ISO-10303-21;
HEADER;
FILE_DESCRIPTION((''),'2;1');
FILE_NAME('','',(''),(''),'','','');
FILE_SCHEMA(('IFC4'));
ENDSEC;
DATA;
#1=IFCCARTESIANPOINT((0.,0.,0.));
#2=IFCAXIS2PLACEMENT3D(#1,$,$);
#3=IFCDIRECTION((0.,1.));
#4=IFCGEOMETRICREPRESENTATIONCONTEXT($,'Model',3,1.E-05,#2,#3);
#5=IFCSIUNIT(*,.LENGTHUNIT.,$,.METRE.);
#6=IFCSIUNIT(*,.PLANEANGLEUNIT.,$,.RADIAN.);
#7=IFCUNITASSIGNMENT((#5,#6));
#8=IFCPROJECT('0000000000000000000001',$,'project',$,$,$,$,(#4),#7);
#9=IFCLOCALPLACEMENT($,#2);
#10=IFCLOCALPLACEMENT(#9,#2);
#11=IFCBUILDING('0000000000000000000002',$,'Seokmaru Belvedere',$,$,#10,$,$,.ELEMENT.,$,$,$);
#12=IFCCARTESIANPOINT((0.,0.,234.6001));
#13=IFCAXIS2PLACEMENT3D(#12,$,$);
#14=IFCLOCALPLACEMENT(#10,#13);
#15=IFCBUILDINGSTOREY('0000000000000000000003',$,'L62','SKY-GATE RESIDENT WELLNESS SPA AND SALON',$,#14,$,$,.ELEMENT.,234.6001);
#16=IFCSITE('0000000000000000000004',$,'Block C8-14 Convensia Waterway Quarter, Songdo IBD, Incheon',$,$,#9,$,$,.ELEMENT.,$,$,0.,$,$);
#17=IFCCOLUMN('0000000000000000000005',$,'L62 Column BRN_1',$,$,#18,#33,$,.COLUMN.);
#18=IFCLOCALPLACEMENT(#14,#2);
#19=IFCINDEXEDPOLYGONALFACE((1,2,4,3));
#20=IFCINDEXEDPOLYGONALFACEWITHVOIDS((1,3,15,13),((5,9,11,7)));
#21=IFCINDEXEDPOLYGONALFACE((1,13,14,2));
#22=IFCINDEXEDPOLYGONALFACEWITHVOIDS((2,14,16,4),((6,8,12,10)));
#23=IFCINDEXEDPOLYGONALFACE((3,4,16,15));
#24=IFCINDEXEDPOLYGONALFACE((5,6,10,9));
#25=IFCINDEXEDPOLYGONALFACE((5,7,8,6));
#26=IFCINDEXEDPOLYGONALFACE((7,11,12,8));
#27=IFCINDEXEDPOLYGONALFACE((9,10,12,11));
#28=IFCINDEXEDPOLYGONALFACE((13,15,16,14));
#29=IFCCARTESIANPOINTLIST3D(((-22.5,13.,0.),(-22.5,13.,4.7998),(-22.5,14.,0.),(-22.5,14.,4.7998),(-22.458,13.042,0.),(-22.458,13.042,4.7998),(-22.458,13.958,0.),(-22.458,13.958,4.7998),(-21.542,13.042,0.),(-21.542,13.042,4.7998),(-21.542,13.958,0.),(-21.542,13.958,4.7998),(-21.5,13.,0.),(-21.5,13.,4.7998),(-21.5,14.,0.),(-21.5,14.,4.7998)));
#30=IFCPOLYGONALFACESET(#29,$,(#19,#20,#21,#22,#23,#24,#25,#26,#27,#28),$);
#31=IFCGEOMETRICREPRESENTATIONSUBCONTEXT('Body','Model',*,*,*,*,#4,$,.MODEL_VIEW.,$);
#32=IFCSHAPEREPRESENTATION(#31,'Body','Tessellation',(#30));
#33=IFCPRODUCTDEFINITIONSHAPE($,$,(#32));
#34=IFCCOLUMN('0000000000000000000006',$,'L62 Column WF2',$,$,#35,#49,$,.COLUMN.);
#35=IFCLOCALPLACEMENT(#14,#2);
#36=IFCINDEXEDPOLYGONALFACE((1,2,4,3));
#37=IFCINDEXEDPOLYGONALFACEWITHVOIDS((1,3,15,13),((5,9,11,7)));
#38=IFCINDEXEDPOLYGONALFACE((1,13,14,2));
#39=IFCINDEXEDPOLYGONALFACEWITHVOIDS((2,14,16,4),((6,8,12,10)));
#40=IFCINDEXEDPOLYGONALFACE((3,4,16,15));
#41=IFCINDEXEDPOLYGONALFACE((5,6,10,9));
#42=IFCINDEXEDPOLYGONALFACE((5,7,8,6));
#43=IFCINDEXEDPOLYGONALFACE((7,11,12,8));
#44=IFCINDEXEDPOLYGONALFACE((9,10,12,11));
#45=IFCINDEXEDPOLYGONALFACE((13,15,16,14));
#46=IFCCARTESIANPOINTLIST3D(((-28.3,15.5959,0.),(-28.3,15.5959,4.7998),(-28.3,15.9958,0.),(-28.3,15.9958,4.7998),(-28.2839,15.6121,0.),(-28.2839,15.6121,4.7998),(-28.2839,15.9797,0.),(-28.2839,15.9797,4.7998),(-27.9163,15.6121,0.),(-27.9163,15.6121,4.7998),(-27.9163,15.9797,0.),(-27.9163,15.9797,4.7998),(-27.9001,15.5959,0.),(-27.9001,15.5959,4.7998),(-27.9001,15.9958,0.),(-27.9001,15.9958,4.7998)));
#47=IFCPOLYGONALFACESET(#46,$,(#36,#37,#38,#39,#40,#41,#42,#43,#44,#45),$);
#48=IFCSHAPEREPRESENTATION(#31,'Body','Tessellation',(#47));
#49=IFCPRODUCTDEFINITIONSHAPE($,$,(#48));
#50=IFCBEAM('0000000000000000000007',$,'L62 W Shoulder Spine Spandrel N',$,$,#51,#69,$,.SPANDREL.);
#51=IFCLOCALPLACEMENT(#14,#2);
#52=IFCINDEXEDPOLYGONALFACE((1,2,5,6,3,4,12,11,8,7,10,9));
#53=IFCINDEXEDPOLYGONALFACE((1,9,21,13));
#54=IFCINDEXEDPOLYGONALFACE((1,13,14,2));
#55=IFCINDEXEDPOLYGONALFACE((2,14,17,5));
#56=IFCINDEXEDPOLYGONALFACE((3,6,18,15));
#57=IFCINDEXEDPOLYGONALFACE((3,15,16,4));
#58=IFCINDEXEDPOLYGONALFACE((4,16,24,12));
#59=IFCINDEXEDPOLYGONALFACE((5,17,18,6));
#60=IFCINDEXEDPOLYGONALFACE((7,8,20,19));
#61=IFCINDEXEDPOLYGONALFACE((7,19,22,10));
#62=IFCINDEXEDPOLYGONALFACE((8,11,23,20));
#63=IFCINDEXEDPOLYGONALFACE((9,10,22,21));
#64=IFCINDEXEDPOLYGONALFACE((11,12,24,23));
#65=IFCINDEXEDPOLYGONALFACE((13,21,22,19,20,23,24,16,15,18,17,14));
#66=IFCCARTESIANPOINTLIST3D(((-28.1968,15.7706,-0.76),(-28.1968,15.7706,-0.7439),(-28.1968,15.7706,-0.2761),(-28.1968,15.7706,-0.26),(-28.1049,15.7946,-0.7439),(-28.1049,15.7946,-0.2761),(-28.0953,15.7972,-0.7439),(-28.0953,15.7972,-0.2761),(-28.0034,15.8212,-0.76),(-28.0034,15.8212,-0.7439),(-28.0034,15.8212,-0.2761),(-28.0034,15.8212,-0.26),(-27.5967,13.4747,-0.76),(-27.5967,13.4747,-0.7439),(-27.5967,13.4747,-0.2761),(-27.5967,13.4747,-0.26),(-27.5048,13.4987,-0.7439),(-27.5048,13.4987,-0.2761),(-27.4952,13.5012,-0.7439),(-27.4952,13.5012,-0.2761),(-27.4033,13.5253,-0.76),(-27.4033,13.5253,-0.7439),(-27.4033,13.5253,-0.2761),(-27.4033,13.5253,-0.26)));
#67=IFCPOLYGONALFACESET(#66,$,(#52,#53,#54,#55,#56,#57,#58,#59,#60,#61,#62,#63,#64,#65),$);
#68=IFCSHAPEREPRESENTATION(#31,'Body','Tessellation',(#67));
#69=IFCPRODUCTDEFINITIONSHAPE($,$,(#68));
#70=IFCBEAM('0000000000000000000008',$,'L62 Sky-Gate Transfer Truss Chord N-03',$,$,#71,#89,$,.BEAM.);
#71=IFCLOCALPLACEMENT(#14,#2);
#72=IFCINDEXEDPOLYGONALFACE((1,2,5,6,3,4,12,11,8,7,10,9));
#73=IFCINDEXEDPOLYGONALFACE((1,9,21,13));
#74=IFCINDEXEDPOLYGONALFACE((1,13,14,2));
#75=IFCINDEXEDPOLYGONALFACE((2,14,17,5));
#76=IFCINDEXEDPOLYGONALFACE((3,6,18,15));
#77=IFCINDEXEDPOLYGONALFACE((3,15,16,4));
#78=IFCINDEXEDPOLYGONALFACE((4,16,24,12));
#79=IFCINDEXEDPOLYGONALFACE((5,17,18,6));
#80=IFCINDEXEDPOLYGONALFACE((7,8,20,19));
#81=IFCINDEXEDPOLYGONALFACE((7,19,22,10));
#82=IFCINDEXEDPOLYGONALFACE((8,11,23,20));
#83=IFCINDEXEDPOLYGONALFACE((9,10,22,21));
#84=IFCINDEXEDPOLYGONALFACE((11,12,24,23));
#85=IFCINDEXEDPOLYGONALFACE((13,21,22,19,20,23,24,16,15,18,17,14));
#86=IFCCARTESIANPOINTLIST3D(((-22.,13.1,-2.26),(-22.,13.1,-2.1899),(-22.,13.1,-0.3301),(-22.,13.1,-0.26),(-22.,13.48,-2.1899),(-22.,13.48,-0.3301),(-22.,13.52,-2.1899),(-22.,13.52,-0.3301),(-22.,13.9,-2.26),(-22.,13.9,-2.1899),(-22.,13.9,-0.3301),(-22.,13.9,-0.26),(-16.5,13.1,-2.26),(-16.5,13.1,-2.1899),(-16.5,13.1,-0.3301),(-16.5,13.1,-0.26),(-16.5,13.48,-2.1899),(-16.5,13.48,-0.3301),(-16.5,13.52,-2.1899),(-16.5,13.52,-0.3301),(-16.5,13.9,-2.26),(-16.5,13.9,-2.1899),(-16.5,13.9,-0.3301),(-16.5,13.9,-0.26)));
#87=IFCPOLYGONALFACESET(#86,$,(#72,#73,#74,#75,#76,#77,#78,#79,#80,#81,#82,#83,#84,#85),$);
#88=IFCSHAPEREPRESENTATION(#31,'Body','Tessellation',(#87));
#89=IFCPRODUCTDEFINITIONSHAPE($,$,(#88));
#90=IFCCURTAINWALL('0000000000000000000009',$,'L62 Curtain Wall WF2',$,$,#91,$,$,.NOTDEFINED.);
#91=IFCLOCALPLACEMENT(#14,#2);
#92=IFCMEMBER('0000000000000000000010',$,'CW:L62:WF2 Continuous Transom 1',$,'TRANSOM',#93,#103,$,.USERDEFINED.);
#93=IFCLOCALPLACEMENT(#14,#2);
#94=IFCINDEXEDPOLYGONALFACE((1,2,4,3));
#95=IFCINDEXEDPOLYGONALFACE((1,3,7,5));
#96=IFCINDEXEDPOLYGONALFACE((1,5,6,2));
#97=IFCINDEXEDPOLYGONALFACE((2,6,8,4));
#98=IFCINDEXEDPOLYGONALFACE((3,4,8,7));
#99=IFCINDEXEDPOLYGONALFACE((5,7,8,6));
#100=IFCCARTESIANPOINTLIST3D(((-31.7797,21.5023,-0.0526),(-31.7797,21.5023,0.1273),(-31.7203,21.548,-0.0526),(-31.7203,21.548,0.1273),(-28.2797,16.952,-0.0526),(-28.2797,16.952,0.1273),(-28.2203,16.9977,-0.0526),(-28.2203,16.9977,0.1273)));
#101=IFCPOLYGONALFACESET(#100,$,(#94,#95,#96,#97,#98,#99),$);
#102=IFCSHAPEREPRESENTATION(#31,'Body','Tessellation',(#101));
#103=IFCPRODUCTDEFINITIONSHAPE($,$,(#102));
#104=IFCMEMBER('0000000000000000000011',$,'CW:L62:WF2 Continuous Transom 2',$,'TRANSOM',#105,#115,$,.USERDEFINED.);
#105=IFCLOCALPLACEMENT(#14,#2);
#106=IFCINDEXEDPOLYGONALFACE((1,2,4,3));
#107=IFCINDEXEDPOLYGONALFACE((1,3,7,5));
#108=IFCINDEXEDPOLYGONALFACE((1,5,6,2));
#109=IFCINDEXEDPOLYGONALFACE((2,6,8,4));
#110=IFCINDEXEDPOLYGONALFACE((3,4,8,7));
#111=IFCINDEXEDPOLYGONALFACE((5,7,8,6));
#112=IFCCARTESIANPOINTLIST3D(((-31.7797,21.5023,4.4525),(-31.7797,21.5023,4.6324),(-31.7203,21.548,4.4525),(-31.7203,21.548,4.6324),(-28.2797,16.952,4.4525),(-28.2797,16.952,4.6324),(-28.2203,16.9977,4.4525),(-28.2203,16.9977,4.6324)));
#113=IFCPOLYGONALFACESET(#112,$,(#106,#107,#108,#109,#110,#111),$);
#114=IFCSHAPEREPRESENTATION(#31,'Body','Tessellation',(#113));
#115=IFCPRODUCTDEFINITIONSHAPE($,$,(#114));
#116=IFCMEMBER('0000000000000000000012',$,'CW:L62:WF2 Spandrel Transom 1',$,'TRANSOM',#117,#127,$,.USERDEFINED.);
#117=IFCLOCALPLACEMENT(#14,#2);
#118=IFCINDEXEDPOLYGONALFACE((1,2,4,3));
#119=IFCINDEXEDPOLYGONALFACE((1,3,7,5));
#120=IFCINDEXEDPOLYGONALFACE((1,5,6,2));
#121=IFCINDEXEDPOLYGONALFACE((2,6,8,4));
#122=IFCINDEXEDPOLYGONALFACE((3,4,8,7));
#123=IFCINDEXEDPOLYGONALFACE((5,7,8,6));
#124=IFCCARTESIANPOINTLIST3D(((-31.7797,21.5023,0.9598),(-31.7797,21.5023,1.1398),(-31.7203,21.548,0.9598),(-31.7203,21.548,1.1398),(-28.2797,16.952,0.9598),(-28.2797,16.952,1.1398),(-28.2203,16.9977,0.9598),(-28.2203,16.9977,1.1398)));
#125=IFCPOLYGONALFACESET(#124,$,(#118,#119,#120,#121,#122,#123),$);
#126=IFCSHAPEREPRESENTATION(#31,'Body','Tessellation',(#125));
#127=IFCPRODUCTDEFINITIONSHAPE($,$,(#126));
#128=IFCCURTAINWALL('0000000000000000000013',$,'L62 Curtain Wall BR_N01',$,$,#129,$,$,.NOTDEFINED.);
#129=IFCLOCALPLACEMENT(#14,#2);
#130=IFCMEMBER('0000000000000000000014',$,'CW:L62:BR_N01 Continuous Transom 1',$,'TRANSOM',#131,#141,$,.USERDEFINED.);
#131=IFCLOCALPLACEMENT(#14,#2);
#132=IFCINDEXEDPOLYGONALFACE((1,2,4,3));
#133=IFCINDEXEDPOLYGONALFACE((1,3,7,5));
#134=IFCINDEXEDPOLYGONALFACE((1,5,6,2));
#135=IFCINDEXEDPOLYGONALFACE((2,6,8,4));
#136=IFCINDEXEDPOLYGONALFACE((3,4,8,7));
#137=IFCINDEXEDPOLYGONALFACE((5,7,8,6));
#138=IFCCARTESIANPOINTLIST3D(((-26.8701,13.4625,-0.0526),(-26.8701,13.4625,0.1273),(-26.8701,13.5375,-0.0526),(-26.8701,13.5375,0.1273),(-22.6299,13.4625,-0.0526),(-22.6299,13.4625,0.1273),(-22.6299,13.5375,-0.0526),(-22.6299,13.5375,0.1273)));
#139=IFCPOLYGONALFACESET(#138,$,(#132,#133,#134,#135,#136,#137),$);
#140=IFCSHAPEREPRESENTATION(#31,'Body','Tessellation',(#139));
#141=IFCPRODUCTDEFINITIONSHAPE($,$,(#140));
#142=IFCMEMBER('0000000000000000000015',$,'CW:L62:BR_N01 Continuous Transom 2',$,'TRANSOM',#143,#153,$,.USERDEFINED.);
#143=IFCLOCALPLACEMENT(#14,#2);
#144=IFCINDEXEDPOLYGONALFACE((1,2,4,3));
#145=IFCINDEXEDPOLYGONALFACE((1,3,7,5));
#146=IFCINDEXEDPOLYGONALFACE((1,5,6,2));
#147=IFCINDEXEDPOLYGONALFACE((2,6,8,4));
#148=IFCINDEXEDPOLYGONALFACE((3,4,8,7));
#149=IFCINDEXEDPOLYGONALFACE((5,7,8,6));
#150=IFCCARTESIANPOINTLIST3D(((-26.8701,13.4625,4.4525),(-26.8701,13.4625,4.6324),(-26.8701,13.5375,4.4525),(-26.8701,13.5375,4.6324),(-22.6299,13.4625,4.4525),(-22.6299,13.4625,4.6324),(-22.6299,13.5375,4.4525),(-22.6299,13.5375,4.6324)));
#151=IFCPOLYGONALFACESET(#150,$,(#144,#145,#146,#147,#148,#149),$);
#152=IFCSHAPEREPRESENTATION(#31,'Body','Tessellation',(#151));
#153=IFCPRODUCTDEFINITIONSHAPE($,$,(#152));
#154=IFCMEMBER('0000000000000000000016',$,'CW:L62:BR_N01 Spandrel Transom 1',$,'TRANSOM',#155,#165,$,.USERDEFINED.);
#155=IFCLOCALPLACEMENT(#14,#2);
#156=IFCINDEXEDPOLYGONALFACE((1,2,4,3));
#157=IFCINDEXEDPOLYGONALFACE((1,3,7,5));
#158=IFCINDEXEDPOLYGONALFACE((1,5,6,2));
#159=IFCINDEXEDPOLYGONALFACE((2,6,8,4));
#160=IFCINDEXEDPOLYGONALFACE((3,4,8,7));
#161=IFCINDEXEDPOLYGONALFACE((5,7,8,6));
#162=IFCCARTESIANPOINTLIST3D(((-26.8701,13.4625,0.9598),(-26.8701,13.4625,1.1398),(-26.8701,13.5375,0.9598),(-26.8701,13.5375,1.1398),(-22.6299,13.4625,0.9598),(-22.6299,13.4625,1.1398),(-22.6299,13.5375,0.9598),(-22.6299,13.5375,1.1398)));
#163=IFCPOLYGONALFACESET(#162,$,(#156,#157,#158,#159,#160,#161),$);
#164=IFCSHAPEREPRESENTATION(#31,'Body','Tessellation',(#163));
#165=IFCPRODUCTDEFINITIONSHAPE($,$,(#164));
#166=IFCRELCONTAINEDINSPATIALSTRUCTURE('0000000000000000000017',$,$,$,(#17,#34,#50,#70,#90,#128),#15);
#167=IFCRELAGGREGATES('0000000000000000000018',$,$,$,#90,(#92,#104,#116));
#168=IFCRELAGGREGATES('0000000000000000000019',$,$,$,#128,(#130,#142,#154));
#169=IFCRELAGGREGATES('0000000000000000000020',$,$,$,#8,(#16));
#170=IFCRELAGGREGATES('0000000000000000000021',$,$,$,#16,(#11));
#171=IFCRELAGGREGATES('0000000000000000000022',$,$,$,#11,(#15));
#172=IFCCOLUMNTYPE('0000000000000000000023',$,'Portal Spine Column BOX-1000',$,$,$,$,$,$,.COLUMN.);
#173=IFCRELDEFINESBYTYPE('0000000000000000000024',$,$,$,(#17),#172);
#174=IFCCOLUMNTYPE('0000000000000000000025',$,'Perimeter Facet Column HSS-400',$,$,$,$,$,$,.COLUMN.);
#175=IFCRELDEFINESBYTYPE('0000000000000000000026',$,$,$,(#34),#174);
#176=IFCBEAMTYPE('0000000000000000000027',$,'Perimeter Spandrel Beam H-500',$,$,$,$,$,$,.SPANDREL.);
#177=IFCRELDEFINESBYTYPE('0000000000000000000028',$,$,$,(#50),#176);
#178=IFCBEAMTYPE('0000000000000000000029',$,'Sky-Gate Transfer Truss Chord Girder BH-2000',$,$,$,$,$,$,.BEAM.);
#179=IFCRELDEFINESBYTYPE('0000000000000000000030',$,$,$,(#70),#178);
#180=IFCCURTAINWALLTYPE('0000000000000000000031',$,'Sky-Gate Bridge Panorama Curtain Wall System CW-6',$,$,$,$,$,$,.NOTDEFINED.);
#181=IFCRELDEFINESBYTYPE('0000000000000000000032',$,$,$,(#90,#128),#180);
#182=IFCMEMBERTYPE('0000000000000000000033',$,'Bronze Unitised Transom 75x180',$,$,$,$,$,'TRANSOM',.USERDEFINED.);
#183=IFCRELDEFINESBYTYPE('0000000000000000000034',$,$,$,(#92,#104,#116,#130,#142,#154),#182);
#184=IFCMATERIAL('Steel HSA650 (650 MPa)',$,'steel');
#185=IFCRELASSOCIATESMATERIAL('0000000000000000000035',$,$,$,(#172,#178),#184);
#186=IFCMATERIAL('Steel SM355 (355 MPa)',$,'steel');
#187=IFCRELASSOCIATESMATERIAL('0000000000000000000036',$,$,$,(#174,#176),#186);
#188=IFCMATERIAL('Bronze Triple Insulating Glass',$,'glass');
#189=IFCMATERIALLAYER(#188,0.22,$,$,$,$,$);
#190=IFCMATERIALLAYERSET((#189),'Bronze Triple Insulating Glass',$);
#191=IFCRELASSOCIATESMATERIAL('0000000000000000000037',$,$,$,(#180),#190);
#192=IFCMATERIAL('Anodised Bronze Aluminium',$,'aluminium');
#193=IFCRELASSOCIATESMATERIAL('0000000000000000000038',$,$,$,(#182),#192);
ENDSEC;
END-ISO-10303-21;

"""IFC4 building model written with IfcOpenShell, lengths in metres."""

from ifc_helpers import new_model, si_unit, direction, frame, origin, origin_2d, place, context, subcontext, project, spatial, rectangle, hollow_rectangle, i_section, extrude, source, transform, mapped, material, layer, layer_set, material_profile, profile_set, type_object, type_shapes, element, aggregate, save


model = new_model("IFC4")

# Units and contexts
model_context = context("Model", 3, precision=1e-05, world=origin(), true_north=direction((0.0, 1.0)))
body_context = subcontext(model_context, "Body", "Model", "MODEL_VIEW")
ifc_project = project(units=[si_unit("LENGTHUNIT", "METRE"), si_unit("PLANEANGLEUNIT", "RADIAN")], contexts=[model_context])

# Site, building, storey
site_placement = place(None, origin())
site = spatial("IfcSite", under=ifc_project, at=site_placement, Name="Block C8-14 Convensia Waterway Quarter, Songdo IBD, Incheon", CompositionType="ELEMENT", RefElevation=0.0)
building_placement = place(site_placement, origin())
building = spatial("IfcBuilding", under=site, at=building_placement, Name="Seokmaru Belvedere", CompositionType="ELEMENT")
storey_placement = place(building_placement, frame((0.0, 0.0, 234.6001)))
storey = spatial("IfcBuildingStorey", under=building, at=storey_placement, Name="L62", Description="SKY-GATE RESIDENT WELLNESS SPA AND SALON", CompositionType="ELEMENT", Elevation=234.6001)

# Columns
ifc_material_1 = material(Name="Steel HSA650 (650 MPa)", Category="steel")
ifc_material_profile_1 = material_profile(ifc_material_1, hollow_rectangle(XDim=1.0, YDim=1.0, WallThickness=0.042, at=origin_2d()), Name="BOX-1000x1000x42")
ifc_profile_set_1 = profile_set([ifc_material_profile_1], Name="Steel HSA650 (650 MPa)")
column_type_1 = type_object("IfcColumnType", Name="Portal Spine Column BOX-1000", PredefinedType="COLUMN", material=ifc_profile_set_1)
shared_shape_1 = source(origin(), body_context, "Body", "SweptSolid", [
    extrude(hollow_rectangle(XDim=1.0, YDim=1.0, WallThickness=0.042, at=origin_2d()), origin(), (0.0, 0.0, 1.0), 4.7998),
])
type_shapes(column_type_1, [shared_shape_1])
column_1_placement = place(storey_placement, frame((-22.0, 13.5, 0.0), z_axis=(0.0, 0.0, 1.0), x_axis=(1.0, 0.0, 0.0)))
element("IfcColumn", 1, at=column_1_placement, inside=storey, type_object=column_type_1, Name="L62 Column BRN_1", PredefinedType="COLUMN", context=body_context, shape_type="MappedRepresentation", body=[
    mapped(shared_shape_1, transform((0.0, 0.0, 0.0), scale=1.0)),
])
ifc_material_2 = material(Name="Steel SM355 (355 MPa)", Category="steel")
ifc_material_profile_2 = material_profile(ifc_material_2, hollow_rectangle(XDim=0.3999, YDim=0.3999, WallThickness=0.0161, at=origin_2d()), Name="HSS-400x400x16")
ifc_profile_set_2 = profile_set([ifc_material_profile_2], Name="Steel SM355 (355 MPa)")
column_type_2 = type_object("IfcColumnType", Name="Perimeter Facet Column HSS-400", PredefinedType="COLUMN", material=ifc_profile_set_2)
shared_shape_2 = source(origin(), body_context, "Body", "SweptSolid", [
    extrude(hollow_rectangle(XDim=0.3999, YDim=0.3999, WallThickness=0.0161, at=origin_2d()), origin(), (0.0, 0.0, 1.0), 4.7998),
])
type_shapes(column_type_2, [shared_shape_2])
column_2_placement = place(storey_placement, frame((-28.1001, 15.7959, 0.0), z_axis=(0.0, 0.0, 1.0), x_axis=(1.0, 0.0, 0.0)))
element("IfcColumn", 2, at=column_2_placement, inside=storey, type_object=column_type_2, Name="L62 Column WF2", PredefinedType="COLUMN", context=body_context, shape_type="MappedRepresentation", body=[
    mapped(shared_shape_2, transform((0.0, 0.0, 0.0), scale=1.0)),
])

# Beams
ifc_material_profile_3 = material_profile(ifc_material_2, i_section(OverallWidth=0.2, OverallDepth=0.5, WebThickness=0.01, FlangeThickness=0.0161, at=origin_2d()), Name="H-500x200x10x16")
ifc_profile_set_3 = profile_set([ifc_material_profile_3], Name="Steel SM355 (355 MPa)")
beam_type_1 = type_object("IfcBeamType", Name="Perimeter Spandrel Beam H-500", PredefinedType="SPANDREL", material=ifc_profile_set_3)
shared_shape_3 = source(origin(), body_context, "Body", "SweptSolid", [
    extrude(i_section(OverallWidth=0.2, OverallDepth=0.5, WebThickness=0.01, FlangeThickness=0.0161, at=origin_2d()), origin(), (0.0, 0.0, 1.0), 2.373),
])
type_shapes(beam_type_1, [shared_shape_3])
beam_1_placement = place(storey_placement, frame((-28.1001, 15.7959, -0.51), z_axis=(0.252883, -0.967497, 0.0), x_axis=(0.967497, 0.252883, 0.0)))
element("IfcBeam", 3, at=beam_1_placement, inside=storey, type_object=beam_type_1, Name="L62 W Shoulder Spine Spandrel N", PredefinedType="SPANDREL", context=body_context, shape_type="MappedRepresentation", body=[
    mapped(shared_shape_3, transform((0.0, 0.0, 0.0), scale=1.0)),
])
ifc_material_profile_4 = material_profile(ifc_material_1, i_section(OverallWidth=0.8, OverallDepth=2.0, WebThickness=0.04, FlangeThickness=0.0701, at=origin_2d()), Name="BH-2000x800x40x70")
ifc_profile_set_4 = profile_set([ifc_material_profile_4], Name="Steel HSA650 (650 MPa)")
beam_type_2 = type_object("IfcBeamType", Name="Sky-Gate Transfer Truss Chord Girder BH-2000", PredefinedType="BEAM", material=ifc_profile_set_4)
shared_shape_4 = source(origin(), body_context, "Body", "SweptSolid", [
    extrude(i_section(OverallWidth=0.8, OverallDepth=2.0, WebThickness=0.04, FlangeThickness=0.0701, at=origin_2d()), origin(), (0.0, 0.0, 1.0), 5.5),
])
type_shapes(beam_type_2, [shared_shape_4])
beam_2_placement = place(storey_placement, frame((-22.0, 13.5, -1.26), z_axis=(1.0, 0.0, 0.0), x_axis=(0.0, 1.0, 0.0)))
element("IfcBeam", 4, at=beam_2_placement, inside=storey, type_object=beam_type_2, Name="L62 Sky-Gate Transfer Truss Chord N-03", PredefinedType="BEAM", context=body_context, shape_type="MappedRepresentation", body=[
    mapped(shared_shape_4, transform((0.0, 0.0, 0.0), scale=1.0)),
])

# Curtain walls, members
ifc_material_3 = material(Name="Bronze Triple Insulating Glass", Category="glass")
ifc_layer_1 = layer(ifc_material_3, 0.22)
ifc_layer_set_1 = layer_set([ifc_layer_1], Name="Bronze Triple Insulating Glass")
curtain_wall_type = type_object("IfcCurtainWallType", Name="Sky-Gate Bridge Panorama Curtain Wall System CW-6", PredefinedType="NOTDEFINED", material=ifc_layer_set_1)
curtain_wall_1_placement = place(storey_placement, origin())
curtain_wall_1 = element("IfcCurtainWall", 5, at=curtain_wall_1_placement, inside=storey, type_object=curtain_wall_type, Name="L62 Curtain Wall WF2", PredefinedType="NOTDEFINED")
ifc_material_4 = material(Name="Anodised Bronze Aluminium", Category="aluminium")
ifc_material_profile_5 = material_profile(ifc_material_4, rectangle(XDim=0.075, YDim=0.1799, at=origin_2d()), Name="CW-T-75x180")
ifc_profile_set_5 = profile_set([ifc_material_profile_5], Name="Anodised Bronze Aluminium")
member_type_1 = type_object("IfcMemberType", Name="Bronze Unitised Transom 75x180", ElementType="TRANSOM", PredefinedType="USERDEFINED", material=ifc_profile_set_5)
shared_shape_5 = source(origin(), body_context, "Body", "SweptSolid", [
    extrude(rectangle(XDim=0.075, YDim=0.1799, at=origin_2d()), origin(), (0.0, 0.0, 1.0), 5.7407),
])
member_1_placement = place(storey_placement, frame((-28.25, 16.9749, 0.0374), z_axis=(-0.609686, 0.792643, 0.0), x_axis=(-0.792643, -0.609686, 0.0)))
member_1 = element("IfcMember", 6, at=member_1_placement, type_object=member_type_1, Name="CW:L62:WF2 Continuous Transom 1", ObjectType="TRANSOM", PredefinedType="USERDEFINED", context=body_context, shape_type="MappedRepresentation", body=[
    mapped(shared_shape_5, transform((0.0, 0.0, 0.0), scale=1.0)),
])
member_2_placement = place(storey_placement, frame((-28.25, 16.9749, 4.5425), z_axis=(-0.609686, 0.792643, 0.0), x_axis=(-0.792643, -0.609686, 0.0)))
member_2 = element("IfcMember", 7, at=member_2_placement, type_object=member_type_1, Name="CW:L62:WF2 Continuous Transom 2", ObjectType="TRANSOM", PredefinedType="USERDEFINED", context=body_context, shape_type="MappedRepresentation", body=[
    mapped(shared_shape_5, transform((0.0, 0.0, 0.0), scale=1.0)),
])
member_3_placement = place(storey_placement, frame((-28.25, 16.9749, 1.0498), z_axis=(-0.609686, 0.792643, 0.0), x_axis=(-0.792643, -0.609686, 0.0)))
member_3 = element("IfcMember", 8, at=member_3_placement, type_object=member_type_1, Name="CW:L62:WF2 Spandrel Transom 1", ObjectType="TRANSOM", PredefinedType="USERDEFINED", context=body_context, shape_type="MappedRepresentation", body=[
    mapped(shared_shape_5, transform((0.0, 0.0, 0.0), scale=1.0)),
])
curtain_wall_2_placement = place(storey_placement, origin())
curtain_wall_2 = element("IfcCurtainWall", 9, at=curtain_wall_2_placement, inside=storey, type_object=curtain_wall_type, Name="L62 Curtain Wall BR_N01", PredefinedType="NOTDEFINED")
shared_shape_6 = source(origin(), body_context, "Body", "SweptSolid", [
    extrude(rectangle(XDim=0.075, YDim=0.1799, at=origin_2d()), origin(), (0.0, 0.0, 1.0), 4.2402),
])
type_shapes(member_type_1, [shared_shape_5, shared_shape_6])
member_4_placement = place(storey_placement, frame((-22.6299, 13.5, 0.0374), z_axis=(-1.0, 0.0, 0.0), x_axis=(0.0, -1.0, 0.0)))
member_4 = element("IfcMember", 10, at=member_4_placement, type_object=member_type_1, Name="CW:L62:BR_N01 Continuous Transom 1", ObjectType="TRANSOM", PredefinedType="USERDEFINED", context=body_context, shape_type="MappedRepresentation", body=[
    mapped(shared_shape_6, transform((0.0, 0.0, 0.0), scale=1.0)),
])
member_5_placement = place(storey_placement, frame((-22.6299, 13.5, 4.5425), z_axis=(-1.0, 0.0, 0.0), x_axis=(0.0, -1.0, 0.0)))
member_5 = element("IfcMember", 11, at=member_5_placement, type_object=member_type_1, Name="CW:L62:BR_N01 Continuous Transom 2", ObjectType="TRANSOM", PredefinedType="USERDEFINED", context=body_context, shape_type="MappedRepresentation", body=[
    mapped(shared_shape_6, transform((0.0, 0.0, 0.0), scale=1.0)),
])
member_6_placement = place(storey_placement, frame((-22.6299, 13.5, 1.0498), z_axis=(-1.0, 0.0, 0.0), x_axis=(0.0, -1.0, 0.0)))
member_6 = element("IfcMember", 12, at=member_6_placement, type_object=member_type_1, Name="CW:L62:BR_N01 Spandrel Transom 1", ObjectType="TRANSOM", PredefinedType="USERDEFINED", context=body_context, shape_type="MappedRepresentation", body=[
    mapped(shared_shape_6, transform((0.0, 0.0, 0.0), scale=1.0)),
])

aggregate(curtain_wall_1, [member_1, member_2, member_3])
aggregate(curtain_wall_2, [member_4, member_5, member_6])

save(model, "model.ifc")
